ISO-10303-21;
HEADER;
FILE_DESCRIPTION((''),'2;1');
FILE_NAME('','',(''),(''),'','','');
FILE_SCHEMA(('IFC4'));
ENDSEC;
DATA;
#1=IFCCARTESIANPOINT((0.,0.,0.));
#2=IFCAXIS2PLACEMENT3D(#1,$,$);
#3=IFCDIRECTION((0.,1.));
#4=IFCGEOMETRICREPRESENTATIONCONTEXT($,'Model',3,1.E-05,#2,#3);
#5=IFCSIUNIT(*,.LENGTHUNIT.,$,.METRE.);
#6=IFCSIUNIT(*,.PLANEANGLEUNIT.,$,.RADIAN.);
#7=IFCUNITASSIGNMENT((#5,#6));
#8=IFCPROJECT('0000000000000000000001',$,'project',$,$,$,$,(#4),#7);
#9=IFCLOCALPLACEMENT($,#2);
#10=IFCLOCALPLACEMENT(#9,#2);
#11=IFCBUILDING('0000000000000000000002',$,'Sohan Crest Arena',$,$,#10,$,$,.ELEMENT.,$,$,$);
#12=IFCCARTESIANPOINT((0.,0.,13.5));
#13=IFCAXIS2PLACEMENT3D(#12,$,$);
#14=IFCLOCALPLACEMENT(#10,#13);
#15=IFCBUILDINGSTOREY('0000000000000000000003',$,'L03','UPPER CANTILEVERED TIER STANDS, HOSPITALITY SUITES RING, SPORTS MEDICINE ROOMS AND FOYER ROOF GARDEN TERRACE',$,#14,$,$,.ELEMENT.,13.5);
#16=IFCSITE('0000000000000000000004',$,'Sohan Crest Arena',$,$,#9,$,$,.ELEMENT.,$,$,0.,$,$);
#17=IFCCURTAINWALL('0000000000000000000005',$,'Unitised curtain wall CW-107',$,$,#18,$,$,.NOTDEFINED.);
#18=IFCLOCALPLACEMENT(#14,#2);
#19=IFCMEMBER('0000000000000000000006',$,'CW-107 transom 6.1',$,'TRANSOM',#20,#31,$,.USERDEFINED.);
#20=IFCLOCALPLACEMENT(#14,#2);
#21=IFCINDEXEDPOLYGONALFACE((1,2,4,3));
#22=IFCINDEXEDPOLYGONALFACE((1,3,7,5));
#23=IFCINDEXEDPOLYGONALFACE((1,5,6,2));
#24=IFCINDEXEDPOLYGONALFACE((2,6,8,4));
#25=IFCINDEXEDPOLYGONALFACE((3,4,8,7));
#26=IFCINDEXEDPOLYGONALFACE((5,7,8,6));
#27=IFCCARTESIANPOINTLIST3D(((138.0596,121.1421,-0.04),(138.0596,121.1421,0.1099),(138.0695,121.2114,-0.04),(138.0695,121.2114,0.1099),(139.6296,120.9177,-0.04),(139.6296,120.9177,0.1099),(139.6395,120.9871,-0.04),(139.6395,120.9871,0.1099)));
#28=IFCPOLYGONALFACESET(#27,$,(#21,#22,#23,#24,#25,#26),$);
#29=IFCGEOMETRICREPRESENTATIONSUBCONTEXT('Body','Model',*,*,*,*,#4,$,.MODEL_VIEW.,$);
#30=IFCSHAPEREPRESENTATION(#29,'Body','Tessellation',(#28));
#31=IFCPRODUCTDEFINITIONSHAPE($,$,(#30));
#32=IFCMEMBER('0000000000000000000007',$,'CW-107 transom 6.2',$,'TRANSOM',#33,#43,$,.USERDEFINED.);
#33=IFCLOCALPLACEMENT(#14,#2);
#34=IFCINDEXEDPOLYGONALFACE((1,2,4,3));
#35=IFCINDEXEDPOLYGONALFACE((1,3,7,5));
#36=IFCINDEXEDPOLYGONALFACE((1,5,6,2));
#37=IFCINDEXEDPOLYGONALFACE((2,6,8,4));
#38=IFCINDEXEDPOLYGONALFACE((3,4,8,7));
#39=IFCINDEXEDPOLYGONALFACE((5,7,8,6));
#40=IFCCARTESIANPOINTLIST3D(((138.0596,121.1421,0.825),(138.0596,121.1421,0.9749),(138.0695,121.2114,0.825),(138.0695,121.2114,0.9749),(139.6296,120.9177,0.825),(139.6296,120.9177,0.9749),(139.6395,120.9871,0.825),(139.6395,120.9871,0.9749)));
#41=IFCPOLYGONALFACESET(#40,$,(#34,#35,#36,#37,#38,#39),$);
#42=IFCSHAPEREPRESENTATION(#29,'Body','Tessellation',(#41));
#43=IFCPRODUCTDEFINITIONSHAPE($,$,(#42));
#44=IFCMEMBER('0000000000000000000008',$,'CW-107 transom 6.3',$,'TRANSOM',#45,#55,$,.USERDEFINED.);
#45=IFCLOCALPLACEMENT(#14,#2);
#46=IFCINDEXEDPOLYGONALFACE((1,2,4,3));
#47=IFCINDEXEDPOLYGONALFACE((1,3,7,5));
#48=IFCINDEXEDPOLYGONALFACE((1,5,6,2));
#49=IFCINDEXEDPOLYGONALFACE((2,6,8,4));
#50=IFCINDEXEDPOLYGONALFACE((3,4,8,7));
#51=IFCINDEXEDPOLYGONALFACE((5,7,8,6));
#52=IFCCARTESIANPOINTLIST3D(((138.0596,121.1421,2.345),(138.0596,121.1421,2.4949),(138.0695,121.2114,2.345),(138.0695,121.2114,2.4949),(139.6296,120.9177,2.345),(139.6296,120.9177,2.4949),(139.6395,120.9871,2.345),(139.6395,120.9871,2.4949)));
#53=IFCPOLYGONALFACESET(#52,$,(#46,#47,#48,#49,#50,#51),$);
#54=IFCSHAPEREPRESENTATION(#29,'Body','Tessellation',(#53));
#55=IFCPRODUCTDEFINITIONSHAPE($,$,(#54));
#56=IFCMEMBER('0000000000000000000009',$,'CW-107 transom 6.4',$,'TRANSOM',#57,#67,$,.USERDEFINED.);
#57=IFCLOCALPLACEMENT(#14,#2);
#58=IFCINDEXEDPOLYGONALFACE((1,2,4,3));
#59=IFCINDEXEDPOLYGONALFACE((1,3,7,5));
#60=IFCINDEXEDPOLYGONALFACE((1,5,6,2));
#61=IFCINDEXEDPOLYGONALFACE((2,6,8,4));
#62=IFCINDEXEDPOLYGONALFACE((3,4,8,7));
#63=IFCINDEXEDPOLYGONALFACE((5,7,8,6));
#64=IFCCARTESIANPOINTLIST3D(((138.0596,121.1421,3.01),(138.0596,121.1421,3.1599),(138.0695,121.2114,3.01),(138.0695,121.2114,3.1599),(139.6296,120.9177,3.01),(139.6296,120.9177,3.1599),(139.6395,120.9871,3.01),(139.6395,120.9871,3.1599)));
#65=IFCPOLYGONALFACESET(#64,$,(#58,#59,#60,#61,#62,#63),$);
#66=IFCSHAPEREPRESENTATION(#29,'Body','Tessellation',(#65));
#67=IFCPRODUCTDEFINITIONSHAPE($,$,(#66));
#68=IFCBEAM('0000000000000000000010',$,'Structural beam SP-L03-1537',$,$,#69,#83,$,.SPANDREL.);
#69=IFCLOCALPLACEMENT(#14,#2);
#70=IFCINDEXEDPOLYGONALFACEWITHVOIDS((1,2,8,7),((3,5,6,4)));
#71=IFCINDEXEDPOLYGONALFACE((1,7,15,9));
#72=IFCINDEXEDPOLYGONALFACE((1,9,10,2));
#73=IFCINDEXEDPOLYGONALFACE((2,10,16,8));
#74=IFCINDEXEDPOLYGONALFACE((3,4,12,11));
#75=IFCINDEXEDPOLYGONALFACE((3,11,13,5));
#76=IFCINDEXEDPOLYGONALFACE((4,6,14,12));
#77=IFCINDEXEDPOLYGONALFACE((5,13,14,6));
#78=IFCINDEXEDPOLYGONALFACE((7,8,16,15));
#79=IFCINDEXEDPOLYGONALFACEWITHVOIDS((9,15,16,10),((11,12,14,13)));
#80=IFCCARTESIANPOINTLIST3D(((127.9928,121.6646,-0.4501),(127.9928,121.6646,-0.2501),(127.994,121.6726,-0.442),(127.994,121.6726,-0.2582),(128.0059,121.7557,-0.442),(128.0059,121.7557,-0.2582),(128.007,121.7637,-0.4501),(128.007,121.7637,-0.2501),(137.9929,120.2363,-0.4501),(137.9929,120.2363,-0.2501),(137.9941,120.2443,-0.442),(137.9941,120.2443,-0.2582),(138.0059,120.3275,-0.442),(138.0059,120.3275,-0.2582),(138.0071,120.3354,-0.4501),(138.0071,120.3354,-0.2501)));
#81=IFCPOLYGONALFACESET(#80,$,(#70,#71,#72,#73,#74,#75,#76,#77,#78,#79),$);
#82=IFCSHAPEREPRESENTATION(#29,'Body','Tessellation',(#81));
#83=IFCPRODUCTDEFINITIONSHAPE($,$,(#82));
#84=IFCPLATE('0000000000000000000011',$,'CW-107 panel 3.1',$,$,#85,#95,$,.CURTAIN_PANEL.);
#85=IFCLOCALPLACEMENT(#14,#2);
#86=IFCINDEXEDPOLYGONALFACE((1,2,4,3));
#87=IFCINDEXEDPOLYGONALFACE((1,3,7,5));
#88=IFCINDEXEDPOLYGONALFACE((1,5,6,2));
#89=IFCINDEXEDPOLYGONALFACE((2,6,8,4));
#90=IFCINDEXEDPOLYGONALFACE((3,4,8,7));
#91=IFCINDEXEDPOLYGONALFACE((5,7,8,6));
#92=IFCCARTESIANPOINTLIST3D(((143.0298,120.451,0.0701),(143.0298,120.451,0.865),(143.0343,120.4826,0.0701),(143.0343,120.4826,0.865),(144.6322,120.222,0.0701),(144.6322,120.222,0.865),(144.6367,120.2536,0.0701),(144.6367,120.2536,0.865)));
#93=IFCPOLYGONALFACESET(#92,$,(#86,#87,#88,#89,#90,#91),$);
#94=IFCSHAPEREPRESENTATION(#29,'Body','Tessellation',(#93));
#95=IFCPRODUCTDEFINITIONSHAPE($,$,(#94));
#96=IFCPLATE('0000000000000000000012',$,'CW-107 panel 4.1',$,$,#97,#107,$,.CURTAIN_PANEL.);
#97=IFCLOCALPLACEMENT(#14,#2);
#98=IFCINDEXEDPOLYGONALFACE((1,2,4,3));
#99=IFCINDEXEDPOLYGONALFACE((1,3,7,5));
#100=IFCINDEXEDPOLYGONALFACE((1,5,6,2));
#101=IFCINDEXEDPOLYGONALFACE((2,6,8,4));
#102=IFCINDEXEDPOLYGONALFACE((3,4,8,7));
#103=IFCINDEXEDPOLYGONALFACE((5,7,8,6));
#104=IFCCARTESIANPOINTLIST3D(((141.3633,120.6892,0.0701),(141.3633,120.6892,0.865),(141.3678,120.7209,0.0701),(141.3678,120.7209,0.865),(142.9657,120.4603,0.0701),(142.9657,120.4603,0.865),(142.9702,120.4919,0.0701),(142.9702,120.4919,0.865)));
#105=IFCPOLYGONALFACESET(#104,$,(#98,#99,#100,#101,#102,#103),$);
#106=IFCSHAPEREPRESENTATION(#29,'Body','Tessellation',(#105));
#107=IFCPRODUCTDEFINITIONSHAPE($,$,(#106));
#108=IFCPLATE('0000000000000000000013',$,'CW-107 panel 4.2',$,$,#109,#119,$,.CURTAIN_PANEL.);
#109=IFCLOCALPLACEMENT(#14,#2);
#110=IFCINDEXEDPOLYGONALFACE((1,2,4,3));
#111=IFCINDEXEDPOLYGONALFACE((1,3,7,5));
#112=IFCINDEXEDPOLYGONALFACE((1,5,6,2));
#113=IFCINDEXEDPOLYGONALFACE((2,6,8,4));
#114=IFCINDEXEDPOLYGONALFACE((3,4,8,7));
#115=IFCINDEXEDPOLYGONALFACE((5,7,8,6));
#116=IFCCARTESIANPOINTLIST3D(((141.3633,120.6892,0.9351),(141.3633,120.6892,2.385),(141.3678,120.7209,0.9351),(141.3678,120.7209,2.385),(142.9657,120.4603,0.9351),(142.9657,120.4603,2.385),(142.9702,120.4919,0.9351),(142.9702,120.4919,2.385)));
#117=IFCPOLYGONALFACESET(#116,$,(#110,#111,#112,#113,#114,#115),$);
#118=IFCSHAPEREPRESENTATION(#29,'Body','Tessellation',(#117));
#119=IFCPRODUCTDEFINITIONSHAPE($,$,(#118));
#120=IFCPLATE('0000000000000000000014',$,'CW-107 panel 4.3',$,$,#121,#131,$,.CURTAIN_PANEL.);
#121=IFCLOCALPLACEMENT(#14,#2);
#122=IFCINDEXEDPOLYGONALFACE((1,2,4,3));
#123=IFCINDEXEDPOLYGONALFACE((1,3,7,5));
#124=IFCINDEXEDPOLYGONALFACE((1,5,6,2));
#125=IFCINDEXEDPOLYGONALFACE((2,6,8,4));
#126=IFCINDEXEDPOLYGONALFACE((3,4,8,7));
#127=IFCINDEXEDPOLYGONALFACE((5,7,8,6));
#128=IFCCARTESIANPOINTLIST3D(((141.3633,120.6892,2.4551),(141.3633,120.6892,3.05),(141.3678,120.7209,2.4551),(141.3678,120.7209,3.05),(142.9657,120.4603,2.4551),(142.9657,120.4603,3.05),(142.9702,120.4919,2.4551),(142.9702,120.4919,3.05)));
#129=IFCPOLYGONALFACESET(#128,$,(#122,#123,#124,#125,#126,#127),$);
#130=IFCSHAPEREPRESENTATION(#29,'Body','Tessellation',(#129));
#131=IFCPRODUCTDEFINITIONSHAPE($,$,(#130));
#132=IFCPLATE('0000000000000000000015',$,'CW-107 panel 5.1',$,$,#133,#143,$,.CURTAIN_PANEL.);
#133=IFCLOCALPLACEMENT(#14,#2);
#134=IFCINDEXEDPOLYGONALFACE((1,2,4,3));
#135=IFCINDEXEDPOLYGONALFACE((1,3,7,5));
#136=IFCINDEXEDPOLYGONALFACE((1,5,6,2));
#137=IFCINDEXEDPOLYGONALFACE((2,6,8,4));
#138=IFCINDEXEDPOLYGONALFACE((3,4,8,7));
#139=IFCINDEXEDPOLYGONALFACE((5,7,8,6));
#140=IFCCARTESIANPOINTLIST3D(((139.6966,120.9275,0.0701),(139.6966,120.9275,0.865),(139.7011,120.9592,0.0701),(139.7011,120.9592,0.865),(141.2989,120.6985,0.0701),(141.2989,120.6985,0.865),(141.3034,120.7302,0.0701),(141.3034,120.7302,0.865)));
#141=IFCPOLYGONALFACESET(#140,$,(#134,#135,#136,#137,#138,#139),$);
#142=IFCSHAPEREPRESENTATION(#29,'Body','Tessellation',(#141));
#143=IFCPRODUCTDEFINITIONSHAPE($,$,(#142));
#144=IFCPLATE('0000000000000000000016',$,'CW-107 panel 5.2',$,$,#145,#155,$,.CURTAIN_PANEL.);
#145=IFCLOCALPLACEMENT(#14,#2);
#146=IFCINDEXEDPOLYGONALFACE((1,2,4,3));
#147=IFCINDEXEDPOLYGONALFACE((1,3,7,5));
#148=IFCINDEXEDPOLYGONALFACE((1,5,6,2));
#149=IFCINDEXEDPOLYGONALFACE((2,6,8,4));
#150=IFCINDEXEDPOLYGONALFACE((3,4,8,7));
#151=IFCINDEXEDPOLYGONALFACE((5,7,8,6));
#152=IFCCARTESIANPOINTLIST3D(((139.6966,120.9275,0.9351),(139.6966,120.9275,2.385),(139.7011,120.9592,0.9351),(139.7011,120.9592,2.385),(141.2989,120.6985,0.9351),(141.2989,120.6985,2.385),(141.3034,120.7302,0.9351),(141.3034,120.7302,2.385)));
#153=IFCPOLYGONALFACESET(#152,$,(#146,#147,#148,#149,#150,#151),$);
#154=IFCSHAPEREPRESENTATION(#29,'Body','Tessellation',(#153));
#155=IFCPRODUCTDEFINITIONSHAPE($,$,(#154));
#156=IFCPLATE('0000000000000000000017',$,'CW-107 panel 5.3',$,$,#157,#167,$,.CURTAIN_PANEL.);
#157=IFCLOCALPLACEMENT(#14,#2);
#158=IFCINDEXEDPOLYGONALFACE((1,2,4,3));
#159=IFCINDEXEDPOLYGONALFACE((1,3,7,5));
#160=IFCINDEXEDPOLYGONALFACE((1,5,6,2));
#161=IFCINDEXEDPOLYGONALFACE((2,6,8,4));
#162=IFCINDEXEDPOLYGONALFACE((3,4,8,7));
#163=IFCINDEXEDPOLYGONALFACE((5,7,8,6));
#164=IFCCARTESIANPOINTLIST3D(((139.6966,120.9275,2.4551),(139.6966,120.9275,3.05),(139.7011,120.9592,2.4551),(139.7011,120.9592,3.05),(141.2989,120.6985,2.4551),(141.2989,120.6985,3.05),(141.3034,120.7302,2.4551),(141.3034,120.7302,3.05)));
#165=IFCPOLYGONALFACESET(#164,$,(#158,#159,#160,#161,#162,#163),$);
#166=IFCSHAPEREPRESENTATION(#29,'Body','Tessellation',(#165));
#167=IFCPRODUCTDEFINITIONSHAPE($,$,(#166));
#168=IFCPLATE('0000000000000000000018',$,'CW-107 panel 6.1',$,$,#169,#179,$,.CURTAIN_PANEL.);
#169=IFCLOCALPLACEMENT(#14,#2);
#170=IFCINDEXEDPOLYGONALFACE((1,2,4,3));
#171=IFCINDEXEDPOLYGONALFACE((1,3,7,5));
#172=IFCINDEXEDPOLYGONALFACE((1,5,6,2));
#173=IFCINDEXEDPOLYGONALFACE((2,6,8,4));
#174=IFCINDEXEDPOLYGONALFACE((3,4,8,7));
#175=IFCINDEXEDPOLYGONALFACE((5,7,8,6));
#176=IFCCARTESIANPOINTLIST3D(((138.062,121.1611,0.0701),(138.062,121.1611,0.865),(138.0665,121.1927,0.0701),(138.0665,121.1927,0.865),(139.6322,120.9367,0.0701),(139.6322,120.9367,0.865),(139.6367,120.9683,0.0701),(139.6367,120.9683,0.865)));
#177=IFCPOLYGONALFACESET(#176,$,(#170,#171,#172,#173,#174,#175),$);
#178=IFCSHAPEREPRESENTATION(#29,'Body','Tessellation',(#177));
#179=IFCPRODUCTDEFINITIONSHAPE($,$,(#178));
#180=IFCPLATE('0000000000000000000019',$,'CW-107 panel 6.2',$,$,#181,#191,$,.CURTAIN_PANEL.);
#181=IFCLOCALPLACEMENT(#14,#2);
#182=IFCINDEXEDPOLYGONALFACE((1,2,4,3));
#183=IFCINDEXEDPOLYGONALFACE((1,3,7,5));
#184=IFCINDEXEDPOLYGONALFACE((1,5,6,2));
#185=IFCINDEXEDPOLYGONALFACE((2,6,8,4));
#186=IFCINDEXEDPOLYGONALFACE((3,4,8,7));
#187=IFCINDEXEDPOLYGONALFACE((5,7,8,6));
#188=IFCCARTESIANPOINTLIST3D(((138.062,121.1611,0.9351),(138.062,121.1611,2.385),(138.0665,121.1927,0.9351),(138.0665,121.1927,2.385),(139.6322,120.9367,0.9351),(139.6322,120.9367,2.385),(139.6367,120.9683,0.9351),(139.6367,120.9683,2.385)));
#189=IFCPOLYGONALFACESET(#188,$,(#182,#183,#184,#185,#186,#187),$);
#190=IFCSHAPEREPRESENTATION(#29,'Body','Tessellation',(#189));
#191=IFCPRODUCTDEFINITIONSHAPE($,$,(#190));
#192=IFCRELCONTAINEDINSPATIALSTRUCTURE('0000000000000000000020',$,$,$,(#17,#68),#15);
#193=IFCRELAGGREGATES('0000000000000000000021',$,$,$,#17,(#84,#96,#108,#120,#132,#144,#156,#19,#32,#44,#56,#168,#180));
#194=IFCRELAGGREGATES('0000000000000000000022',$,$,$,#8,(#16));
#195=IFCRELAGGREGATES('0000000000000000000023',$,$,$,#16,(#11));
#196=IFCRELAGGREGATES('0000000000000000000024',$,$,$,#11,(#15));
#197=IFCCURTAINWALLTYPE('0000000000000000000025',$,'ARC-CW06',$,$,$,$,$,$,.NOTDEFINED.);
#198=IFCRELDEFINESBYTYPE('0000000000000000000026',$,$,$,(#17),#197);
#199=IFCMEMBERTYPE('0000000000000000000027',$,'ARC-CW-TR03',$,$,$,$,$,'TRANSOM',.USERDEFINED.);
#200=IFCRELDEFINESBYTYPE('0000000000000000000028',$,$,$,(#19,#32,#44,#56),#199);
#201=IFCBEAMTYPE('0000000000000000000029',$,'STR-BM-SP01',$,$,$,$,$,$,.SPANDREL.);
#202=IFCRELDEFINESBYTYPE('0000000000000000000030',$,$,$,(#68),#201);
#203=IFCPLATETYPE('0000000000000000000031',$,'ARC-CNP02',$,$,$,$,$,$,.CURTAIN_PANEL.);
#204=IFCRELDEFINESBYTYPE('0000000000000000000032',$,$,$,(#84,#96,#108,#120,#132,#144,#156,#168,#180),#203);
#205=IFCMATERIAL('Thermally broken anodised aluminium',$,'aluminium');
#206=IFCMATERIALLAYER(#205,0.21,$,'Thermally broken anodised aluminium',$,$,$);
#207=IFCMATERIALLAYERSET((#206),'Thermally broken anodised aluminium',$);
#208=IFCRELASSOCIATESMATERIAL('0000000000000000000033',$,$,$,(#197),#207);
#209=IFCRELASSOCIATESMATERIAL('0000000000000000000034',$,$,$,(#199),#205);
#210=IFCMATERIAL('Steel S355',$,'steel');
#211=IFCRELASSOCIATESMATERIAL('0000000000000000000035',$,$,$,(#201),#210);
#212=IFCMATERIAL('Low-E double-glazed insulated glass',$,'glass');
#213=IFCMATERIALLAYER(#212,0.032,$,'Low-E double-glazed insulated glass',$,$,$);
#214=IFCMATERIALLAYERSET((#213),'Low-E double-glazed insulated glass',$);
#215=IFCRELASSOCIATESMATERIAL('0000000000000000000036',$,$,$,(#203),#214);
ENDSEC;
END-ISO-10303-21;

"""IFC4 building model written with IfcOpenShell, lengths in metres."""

from ifc_helpers import new_model, si_unit, direction, frame, origin, origin_2d, place, context, subcontext, project, spatial, rectangle, hollow_rectangle, extrude, material, layer, layer_set, material_profile, profile_set, type_object, element, aggregate, save


model = new_model("IFC4")

# Units and contexts
model_context = context("Model", 3, precision=1e-05, world=origin(), true_north=direction((0.0, 1.0)))
body_context = subcontext(model_context, "Body", "Model", "MODEL_VIEW")
ifc_project = project(units=[si_unit("LENGTHUNIT", "METRE"), si_unit("PLANEANGLEUNIT", "RADIAN")], contexts=[model_context])

# Site, building, storey
site_placement = place(None, origin())
site = spatial("IfcSite", under=ifc_project, at=site_placement, Name="Sohan Crest Arena", CompositionType="ELEMENT", RefElevation=0.0)
building_placement = place(site_placement, origin())
building = spatial("IfcBuilding", under=site, at=building_placement, Name="Sohan Crest Arena", CompositionType="ELEMENT")
storey_placement = place(building_placement, frame((0.0, 0.0, 13.5)))
storey = spatial("IfcBuildingStorey", under=building, at=storey_placement, Name="L03", Description="UPPER CANTILEVERED TIER STANDS, HOSPITALITY SUITES RING, SPORTS MEDICINE ROOMS AND FOYER ROOF GARDEN TERRACE", CompositionType="ELEMENT", Elevation=13.5)

# Shared definitions
ifc_material_1 = material(Name="Steel S355", Category="steel")

# Curtain wall, members
ifc_material_2 = material(Name="Thermally broken anodised aluminium", Category="aluminium")
ifc_layer_1 = layer(ifc_material_2, 0.21, Name="Thermally broken anodised aluminium")
ifc_layer_set_1 = layer_set([ifc_layer_1], Name="Thermally broken anodised aluminium")
curtain_wall_type = type_object("IfcCurtainWallType", Name="ARC-CW06", PredefinedType="NOTDEFINED", material=ifc_layer_set_1)
curtain_wall_placement = place(storey_placement, origin())
curtain_wall = element("IfcCurtainWall", 1, at=curtain_wall_placement, inside=storey, type_object=curtain_wall_type, Name="Unitised curtain wall CW-107", PredefinedType="NOTDEFINED")
ifc_material_profile_1 = material_profile(ifc_material_2, rectangle(XDim=0.0701, YDim=0.1499, at=origin_2d()), Name="ALU-TRAN 70x150")
ifc_profile_set_1 = profile_set([ifc_material_profile_1], Name="Thermally broken anodised aluminium")
member_type_1 = type_object("IfcMemberType", Name="ARC-CW-TR03", ElementType="TRANSOM", PredefinedType="USERDEFINED", material=ifc_profile_set_1)
member_1_placement = place(storey_placement, frame((139.6345, 120.9524, 0.0349), z_axis=(-0.989943, 0.141464, 0.0), x_axis=(-0.141464, -0.989943, 0.0)))
member_1 = element("IfcMember", 2, at=member_1_placement, type_object=member_type_1, Name="CW-107 transom 6.1", ObjectType="TRANSOM", PredefinedType="USERDEFINED", context=body_context, shape_type="SweptSolid", body=[
    extrude(rectangle(XDim=0.0701, YDim=0.1499, at=origin_2d()), origin(), (0.0, 0.0, 1.0), 1.5859),
])
member_2_placement = place(storey_placement, frame((139.6345, 120.9524, 0.8999), z_axis=(-0.989943, 0.141464, 0.0), x_axis=(-0.141464, -0.989943, 0.0)))
member_2 = element("IfcMember", 3, at=member_2_placement, type_object=member_type_1, Name="CW-107 transom 6.2", ObjectType="TRANSOM", PredefinedType="USERDEFINED", context=body_context, shape_type="SweptSolid", body=[
    extrude(rectangle(XDim=0.0701, YDim=0.1499, at=origin_2d()), origin(), (0.0, 0.0, 1.0), 1.5859),
])
member_3_placement = place(storey_placement, frame((139.6345, 120.9524, 2.4199), z_axis=(-0.989943, 0.141464, 0.0), x_axis=(-0.141464, -0.989943, 0.0)))
member_3 = element("IfcMember", 4, at=member_3_placement, type_object=member_type_1, Name="CW-107 transom 6.3", ObjectType="TRANSOM", PredefinedType="USERDEFINED", context=body_context, shape_type="SweptSolid", body=[
    extrude(rectangle(XDim=0.0701, YDim=0.1499, at=origin_2d()), origin(), (0.0, 0.0, 1.0), 1.5859),
])
member_4_placement = place(storey_placement, frame((139.6345, 120.9524, 3.085), z_axis=(-0.989943, 0.141464, 0.0), x_axis=(-0.141464, -0.989943, 0.0)))
member_4 = element("IfcMember", 5, at=member_4_placement, type_object=member_type_1, Name="CW-107 transom 6.4", ObjectType="TRANSOM", PredefinedType="USERDEFINED", context=body_context, shape_type="SweptSolid", body=[
    extrude(rectangle(XDim=0.0701, YDim=0.1499, at=origin_2d()), origin(), (0.0, 0.0, 1.0), 1.5859),
])

# Beam
ifc_material_profile_2 = material_profile(ifc_material_1, hollow_rectangle(XDim=0.1001, YDim=0.2, WallThickness=0.0081, at=origin_2d()), Name="RHS 200x100x8")
ifc_profile_set_2 = profile_set([ifc_material_profile_2], Name="Steel S355")
beam_type = type_object("IfcBeamType", Name="STR-BM-SP01", PredefinedType="SPANDREL", material=ifc_profile_set_2)
beam_placement = place(storey_placement, frame((138.0, 120.2859, -0.3501), z_axis=(-0.989954, 0.141388, 0.0), x_axis=(-0.141388, -0.989954, 0.0)))
element("IfcBeam", 6, at=beam_placement, inside=storey, type_object=beam_type, Name="Structural beam SP-L03-1537", PredefinedType="SPANDREL", context=body_context, shape_type="SweptSolid", body=[
    extrude(hollow_rectangle(XDim=0.1001, YDim=0.2, WallThickness=0.0081, at=origin_2d()), origin(), (0.0, 0.0, 1.0), 10.1016),
])

# Plates
ifc_material_3 = material(Name="Low-E double-glazed insulated glass", Category="glass")
ifc_layer_2 = layer(ifc_material_3, 0.032, Name="Low-E double-glazed insulated glass")
ifc_layer_set_2 = layer_set([ifc_layer_2], Name="Low-E double-glazed insulated glass")
plate_type = type_object("IfcPlateType", Name="ARC-CNP02", PredefinedType="CURTAIN_PANEL", material=ifc_layer_set_2)
plate_1_placement = place(storey_placement, frame((143.8333, 120.3523, 0.0701), z_axis=(0.0, 0.0, 1.0), x_axis=(-0.989944, 0.141463, 0.0)))
plate_1 = element("IfcPlate", 7, at=plate_1_placement, type_object=plate_type, Name="CW-107 panel 3.1", PredefinedType="CURTAIN_PANEL", context=body_context, shape_type="SweptSolid", body=[
    extrude(rectangle(XDim=1.6187, YDim=0.032, at=origin_2d()), origin(), (0.0, 0.0, 1.0), 0.7949),
])
plate_2_placement = place(storey_placement, frame((142.1667, 120.5906, 0.0701), z_axis=(0.0, 0.0, 1.0), x_axis=(-0.989944, 0.141463, 0.0)))
plate_2 = element("IfcPlate", 8, at=plate_2_placement, type_object=plate_type, Name="CW-107 panel 4.1", PredefinedType="CURTAIN_PANEL", context=body_context, shape_type="SweptSolid", body=[
    extrude(rectangle(XDim=1.6187, YDim=0.032, at=origin_2d()), origin(), (0.0, 0.0, 1.0), 0.7949),
])
plate_3_placement = place(storey_placement, frame((142.1667, 120.5906, 0.9351), z_axis=(0.0, 0.0, 1.0), x_axis=(-0.989944, 0.141463, 0.0)))
plate_3 = element("IfcPlate", 9, at=plate_3_placement, type_object=plate_type, Name="CW-107 panel 4.2", PredefinedType="CURTAIN_PANEL", context=body_context, shape_type="SweptSolid", body=[
    extrude(rectangle(XDim=1.6187, YDim=0.032, at=origin_2d()), origin(), (0.0, 0.0, 1.0), 1.45),
])
plate_4_placement = place(storey_placement, frame((142.1667, 120.5906, 2.4551), z_axis=(0.0, 0.0, 1.0), x_axis=(-0.989944, 0.141463, 0.0)))
plate_4 = element("IfcPlate", 10, at=plate_4_placement, type_object=plate_type, Name="CW-107 panel 4.3", PredefinedType="CURTAIN_PANEL", context=body_context, shape_type="SweptSolid", body=[
    extrude(rectangle(XDim=1.6187, YDim=0.032, at=origin_2d()), origin(), (0.0, 0.0, 1.0), 0.595),
])
plate_5_placement = place(storey_placement, frame((140.5, 120.8289, 0.0701), z_axis=(0.0, 0.0, 1.0), x_axis=(-0.989944, 0.141463, 0.0)))
plate_5 = element("IfcPlate", 11, at=plate_5_placement, type_object=plate_type, Name="CW-107 panel 5.1", PredefinedType="CURTAIN_PANEL", context=body_context, shape_type="SweptSolid", body=[
    extrude(rectangle(XDim=1.6187, YDim=0.032, at=origin_2d()), origin(), (0.0, 0.0, 1.0), 0.7949),
])
plate_6_placement = place(storey_placement, frame((140.5, 120.8289, 0.9351), z_axis=(0.0, 0.0, 1.0), x_axis=(-0.989944, 0.141463, 0.0)))
plate_6 = element("IfcPlate", 12, at=plate_6_placement, type_object=plate_type, Name="CW-107 panel 5.2", PredefinedType="CURTAIN_PANEL", context=body_context, shape_type="SweptSolid", body=[
    extrude(rectangle(XDim=1.6187, YDim=0.032, at=origin_2d()), origin(), (0.0, 0.0, 1.0), 1.45),
])
plate_7_placement = place(storey_placement, frame((140.5, 120.8289, 2.4551), z_axis=(0.0, 0.0, 1.0), x_axis=(-0.989944, 0.141463, 0.0)))
plate_7 = element("IfcPlate", 13, at=plate_7_placement, type_object=plate_type, Name="CW-107 panel 5.3", PredefinedType="CURTAIN_PANEL", context=body_context, shape_type="SweptSolid", body=[
    extrude(rectangle(XDim=1.6187, YDim=0.032, at=origin_2d()), origin(), (0.0, 0.0, 1.0), 0.595),
])
plate_8_placement = place(storey_placement, frame((138.8494, 121.0647, 0.0701), z_axis=(0.0, 0.0, 1.0), x_axis=(-0.989944, 0.141463, 0.0)))
plate_8 = element("IfcPlate", 14, at=plate_8_placement, type_object=plate_type, Name="CW-107 panel 6.1", PredefinedType="CURTAIN_PANEL", context=body_context, shape_type="SweptSolid", body=[
    extrude(rectangle(XDim=1.5862, YDim=0.032, at=origin_2d()), origin(), (0.0, 0.0, 1.0), 0.7949),
])
plate_9_placement = place(storey_placement, frame((138.8494, 121.0647, 0.9351), z_axis=(0.0, 0.0, 1.0), x_axis=(-0.989944, 0.141463, 0.0)))
plate_9 = element("IfcPlate", 15, at=plate_9_placement, type_object=plate_type, Name="CW-107 panel 6.2", PredefinedType="CURTAIN_PANEL", context=body_context, shape_type="SweptSolid", body=[
    extrude(rectangle(XDim=1.5862, YDim=0.032, at=origin_2d()), origin(), (0.0, 0.0, 1.0), 1.45),
])
aggregate(curtain_wall, [plate_1, plate_2, plate_3, plate_4, plate_5, plate_6, plate_7, member_1, member_2, member_3, member_4, plate_8, plate_9])

save(model, "model.ifc")
